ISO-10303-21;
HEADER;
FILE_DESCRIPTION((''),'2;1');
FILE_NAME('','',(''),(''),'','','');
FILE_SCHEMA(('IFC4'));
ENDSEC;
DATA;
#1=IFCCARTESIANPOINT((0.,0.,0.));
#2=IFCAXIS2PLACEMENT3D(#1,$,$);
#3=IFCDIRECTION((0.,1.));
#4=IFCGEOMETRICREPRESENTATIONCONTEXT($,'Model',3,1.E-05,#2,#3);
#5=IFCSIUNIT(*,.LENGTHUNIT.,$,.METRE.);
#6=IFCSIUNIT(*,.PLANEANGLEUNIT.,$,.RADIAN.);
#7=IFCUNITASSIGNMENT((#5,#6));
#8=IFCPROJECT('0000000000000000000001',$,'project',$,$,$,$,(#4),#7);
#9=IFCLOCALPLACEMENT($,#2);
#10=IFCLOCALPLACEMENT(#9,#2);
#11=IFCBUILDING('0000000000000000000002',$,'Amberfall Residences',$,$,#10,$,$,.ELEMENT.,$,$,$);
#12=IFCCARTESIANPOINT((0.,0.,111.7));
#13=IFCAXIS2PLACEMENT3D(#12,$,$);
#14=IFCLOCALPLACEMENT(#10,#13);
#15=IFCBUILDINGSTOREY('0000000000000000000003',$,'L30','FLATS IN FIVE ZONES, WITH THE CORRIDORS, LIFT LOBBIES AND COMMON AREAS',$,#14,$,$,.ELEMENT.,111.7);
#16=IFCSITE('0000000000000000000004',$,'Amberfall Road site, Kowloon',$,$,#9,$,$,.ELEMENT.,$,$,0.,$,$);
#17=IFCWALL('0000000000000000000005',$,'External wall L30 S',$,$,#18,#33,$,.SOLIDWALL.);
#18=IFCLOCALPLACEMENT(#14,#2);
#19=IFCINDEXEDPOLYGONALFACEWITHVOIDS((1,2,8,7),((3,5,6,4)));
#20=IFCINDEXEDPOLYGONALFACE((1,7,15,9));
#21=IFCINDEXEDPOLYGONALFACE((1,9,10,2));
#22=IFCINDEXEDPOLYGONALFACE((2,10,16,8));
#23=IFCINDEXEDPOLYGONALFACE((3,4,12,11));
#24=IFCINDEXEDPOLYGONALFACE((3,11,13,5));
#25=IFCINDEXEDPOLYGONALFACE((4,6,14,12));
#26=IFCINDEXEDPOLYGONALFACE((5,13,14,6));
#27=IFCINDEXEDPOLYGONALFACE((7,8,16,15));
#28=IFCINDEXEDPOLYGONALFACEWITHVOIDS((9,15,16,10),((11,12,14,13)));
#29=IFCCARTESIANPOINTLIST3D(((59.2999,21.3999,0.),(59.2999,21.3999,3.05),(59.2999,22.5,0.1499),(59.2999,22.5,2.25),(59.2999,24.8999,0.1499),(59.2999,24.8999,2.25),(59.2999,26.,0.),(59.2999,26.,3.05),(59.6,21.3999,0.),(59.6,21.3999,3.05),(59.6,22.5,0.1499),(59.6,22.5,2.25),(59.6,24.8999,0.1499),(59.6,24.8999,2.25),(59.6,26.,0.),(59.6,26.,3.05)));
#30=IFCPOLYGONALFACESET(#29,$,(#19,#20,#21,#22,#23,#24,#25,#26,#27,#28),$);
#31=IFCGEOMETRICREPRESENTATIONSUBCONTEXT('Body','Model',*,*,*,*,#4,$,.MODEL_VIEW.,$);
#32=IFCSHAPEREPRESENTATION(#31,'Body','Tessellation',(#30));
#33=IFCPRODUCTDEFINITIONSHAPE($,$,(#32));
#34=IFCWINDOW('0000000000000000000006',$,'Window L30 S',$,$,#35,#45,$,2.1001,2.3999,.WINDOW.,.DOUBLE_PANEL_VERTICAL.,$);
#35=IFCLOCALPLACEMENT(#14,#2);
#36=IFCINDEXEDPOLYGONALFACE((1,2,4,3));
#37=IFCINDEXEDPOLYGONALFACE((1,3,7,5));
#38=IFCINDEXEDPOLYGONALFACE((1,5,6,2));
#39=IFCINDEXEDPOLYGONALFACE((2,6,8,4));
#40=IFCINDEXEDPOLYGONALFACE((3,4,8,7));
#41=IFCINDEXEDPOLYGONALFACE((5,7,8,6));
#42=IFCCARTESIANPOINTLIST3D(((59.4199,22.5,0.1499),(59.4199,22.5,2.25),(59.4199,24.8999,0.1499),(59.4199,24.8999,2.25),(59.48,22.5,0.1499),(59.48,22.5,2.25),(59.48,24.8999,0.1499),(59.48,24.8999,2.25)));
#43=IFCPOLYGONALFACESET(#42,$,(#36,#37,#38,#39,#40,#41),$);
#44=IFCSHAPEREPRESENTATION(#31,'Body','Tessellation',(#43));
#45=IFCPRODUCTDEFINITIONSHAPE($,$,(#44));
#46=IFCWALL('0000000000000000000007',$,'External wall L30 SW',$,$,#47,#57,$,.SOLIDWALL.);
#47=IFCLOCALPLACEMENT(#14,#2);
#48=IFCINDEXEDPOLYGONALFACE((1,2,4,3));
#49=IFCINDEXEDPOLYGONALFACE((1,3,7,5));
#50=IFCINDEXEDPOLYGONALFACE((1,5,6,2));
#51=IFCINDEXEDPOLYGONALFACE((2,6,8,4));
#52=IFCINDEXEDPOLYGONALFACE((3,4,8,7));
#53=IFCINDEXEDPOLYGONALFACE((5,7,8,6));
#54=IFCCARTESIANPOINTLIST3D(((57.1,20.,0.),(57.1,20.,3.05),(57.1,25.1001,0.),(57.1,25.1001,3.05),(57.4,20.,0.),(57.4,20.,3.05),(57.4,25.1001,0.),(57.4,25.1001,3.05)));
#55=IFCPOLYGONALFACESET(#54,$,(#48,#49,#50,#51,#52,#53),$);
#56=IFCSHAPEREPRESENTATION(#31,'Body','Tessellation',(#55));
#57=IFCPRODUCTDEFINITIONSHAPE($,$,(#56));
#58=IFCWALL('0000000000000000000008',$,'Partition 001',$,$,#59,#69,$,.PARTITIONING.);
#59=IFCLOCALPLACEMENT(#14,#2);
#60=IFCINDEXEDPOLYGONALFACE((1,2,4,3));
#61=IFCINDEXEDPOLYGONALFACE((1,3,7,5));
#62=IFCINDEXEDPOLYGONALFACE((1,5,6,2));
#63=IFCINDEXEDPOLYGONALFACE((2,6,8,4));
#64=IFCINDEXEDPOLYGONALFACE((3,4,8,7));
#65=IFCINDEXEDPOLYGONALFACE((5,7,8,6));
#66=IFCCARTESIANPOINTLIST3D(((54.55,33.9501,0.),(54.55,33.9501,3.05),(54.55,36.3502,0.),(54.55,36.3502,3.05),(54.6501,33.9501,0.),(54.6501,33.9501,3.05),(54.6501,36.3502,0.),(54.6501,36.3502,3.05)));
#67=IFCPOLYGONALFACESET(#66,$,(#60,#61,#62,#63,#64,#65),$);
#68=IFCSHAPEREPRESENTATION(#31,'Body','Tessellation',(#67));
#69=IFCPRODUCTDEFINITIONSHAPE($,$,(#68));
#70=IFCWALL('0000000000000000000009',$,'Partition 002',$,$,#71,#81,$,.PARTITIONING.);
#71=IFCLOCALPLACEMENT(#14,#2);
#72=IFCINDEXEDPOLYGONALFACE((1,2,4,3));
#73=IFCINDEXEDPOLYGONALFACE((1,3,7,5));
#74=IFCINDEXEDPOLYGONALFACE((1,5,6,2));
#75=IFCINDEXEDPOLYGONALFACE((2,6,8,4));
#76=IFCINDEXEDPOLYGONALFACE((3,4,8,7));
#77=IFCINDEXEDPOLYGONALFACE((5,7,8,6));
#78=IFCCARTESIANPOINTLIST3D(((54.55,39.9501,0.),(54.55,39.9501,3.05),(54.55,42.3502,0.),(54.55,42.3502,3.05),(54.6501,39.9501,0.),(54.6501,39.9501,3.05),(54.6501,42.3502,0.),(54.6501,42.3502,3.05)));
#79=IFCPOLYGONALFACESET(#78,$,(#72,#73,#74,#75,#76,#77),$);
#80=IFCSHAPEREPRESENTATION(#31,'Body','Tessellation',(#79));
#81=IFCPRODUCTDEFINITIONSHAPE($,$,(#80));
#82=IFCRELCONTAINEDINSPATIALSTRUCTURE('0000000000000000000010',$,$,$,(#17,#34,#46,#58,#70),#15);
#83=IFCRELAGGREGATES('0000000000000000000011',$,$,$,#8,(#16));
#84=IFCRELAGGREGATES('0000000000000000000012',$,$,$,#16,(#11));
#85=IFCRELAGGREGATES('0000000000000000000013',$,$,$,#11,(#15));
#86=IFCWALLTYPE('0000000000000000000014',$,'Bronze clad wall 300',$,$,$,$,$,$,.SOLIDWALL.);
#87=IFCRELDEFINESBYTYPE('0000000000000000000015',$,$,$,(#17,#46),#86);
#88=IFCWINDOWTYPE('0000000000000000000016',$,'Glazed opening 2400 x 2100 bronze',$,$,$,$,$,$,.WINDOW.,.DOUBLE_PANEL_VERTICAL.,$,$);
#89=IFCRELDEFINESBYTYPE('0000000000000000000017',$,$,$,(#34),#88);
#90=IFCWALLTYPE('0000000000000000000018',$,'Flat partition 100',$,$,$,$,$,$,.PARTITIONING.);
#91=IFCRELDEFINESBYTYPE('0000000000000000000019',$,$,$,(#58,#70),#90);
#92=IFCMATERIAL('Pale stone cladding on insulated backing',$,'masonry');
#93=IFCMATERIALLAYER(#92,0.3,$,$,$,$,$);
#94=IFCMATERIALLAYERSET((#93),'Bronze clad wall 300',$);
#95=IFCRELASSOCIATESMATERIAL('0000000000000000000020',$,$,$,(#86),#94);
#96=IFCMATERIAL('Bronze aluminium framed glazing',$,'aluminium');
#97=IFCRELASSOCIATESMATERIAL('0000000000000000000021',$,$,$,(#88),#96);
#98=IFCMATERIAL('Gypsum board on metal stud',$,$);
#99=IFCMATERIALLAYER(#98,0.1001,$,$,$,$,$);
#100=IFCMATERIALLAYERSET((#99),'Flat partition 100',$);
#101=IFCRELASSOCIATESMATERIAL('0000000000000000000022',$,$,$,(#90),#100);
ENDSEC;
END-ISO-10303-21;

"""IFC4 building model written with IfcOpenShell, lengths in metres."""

from ifc_helpers import new_model, si_unit, direction, frame, frame_2d, origin, place, context, subcontext, project, spatial, rectangle, extrude, material, layer, layer_set, type_object, element, fill, save


model = new_model("IFC4")

# Units and contexts
model_context = context("Model", 3, precision=1e-05, world=origin(), true_north=direction((0.0, 1.0)))
body_context = subcontext(model_context, "Body", "Model", "MODEL_VIEW")
ifc_project = project(units=[si_unit("LENGTHUNIT", "METRE"), si_unit("PLANEANGLEUNIT", "RADIAN")], contexts=[model_context])

# Site, building, storey
site_placement = place(None, origin())
site = spatial("IfcSite", under=ifc_project, at=site_placement, Name="Amberfall Road site, Kowloon", CompositionType="ELEMENT", RefElevation=0.0)
building_placement = place(site_placement, origin())
building = spatial("IfcBuilding", under=site, at=building_placement, Name="Amberfall Residences", CompositionType="ELEMENT")
storey_placement = place(building_placement, frame((0.0, 0.0, 111.7)))
storey = spatial("IfcBuildingStorey", under=building, at=storey_placement, Name="L30", Description="FLATS IN FIVE ZONES, WITH THE CORRIDORS, LIFT LOBBIES AND COMMON AREAS", CompositionType="ELEMENT", Elevation=111.7)

# Shared definitions
ifc_material_1 = material(Name="Pale stone cladding on insulated backing", Category="masonry")
ifc_layer_1 = layer(ifc_material_1, 0.3)
ifc_layer_set_1 = layer_set([ifc_layer_1], Name="Bronze clad wall 300")
wall_type_1 = type_object("IfcWallType", Name="Bronze clad wall 300", PredefinedType="SOLIDWALL", material=ifc_layer_set_1)

# Wall, opening, window
wall_1_placement = place(storey_placement, frame((59.45, 21.3999, 0.0), z_axis=(0.0, 0.0, 1.0), x_axis=(0.0, 1.0, 0.0)))
wall_1 = element("IfcWall", 1, at=wall_1_placement, inside=storey, type_object=wall_type_1, Name="External wall L30 S", PredefinedType="SOLIDWALL", context=body_context, shape_type="SweptSolid", body=[
    extrude(rectangle(XDim=4.6001, YDim=0.3, at=frame_2d((2.3, 0.0))), origin(), (0.0, 0.0, 1.0), 3.05),
])
opening_1_placement = place(wall_1_placement, frame((1.1001, 0.0, 0.1499)))
opening_1 = element("IfcOpeningElement", 2, at=opening_1_placement, cuts=wall_1, PredefinedType="OPENING", context=body_context, shape_type="SweptSolid", body=[
    extrude(rectangle(XDim=2.3999, YDim=2.1001, at=frame_2d((1.2, 1.05))), frame((0.0, 0.1599, 0.0), z_axis=(0.0, -1.0, 0.0), x_axis=(1.0, 0.0, 0.0)), (0.0, 0.0, 1.0), 0.3201),
])
ifc_material_2 = material(Name="Bronze aluminium framed glazing", Category="aluminium")
window_type = type_object("IfcWindowType", Name="Glazed opening 2400 x 2100 bronze", PartitioningType="DOUBLE_PANEL_VERTICAL", PredefinedType="WINDOW", material=ifc_material_2)
window_placement = place(opening_1_placement, origin())
window = element("IfcWindow", 3, at=window_placement, inside=storey, type_object=window_type, Name="Window L30 S", OverallHeight=2.1001, OverallWidth=2.3999, PartitioningType="DOUBLE_PANEL_VERTICAL", PredefinedType="WINDOW", context=body_context, shape_type="SweptSolid", body=[
    extrude(rectangle(XDim=2.3999, YDim=2.1001, at=frame_2d((1.2, 1.05))), frame((0.0, 0.03, 0.0), z_axis=(0.0, -1.0, 0.0), x_axis=(1.0, 0.0, 0.0)), (0.0, 0.0, 1.0), 0.0601),
])
fill(opening_1, window)

# Walls
wall_2_placement = place(storey_placement, frame((57.25, 25.1001, 0.0), z_axis=(0.0, 0.0, 1.0), x_axis=(0.0, -1.0, 0.0)))
element("IfcWall", 4, at=wall_2_placement, inside=storey, type_object=wall_type_1, Name="External wall L30 SW", PredefinedType="SOLIDWALL", context=body_context, shape_type="SweptSolid", body=[
    extrude(rectangle(XDim=5.1001, YDim=0.3, at=frame_2d((2.55, 0.0))), origin(), (0.0, 0.0, 1.0), 3.05),
])
ifc_material_3 = material(Name="Gypsum board on metal stud")
ifc_layer_2 = layer(ifc_material_3, 0.1001)
ifc_layer_set_2 = layer_set([ifc_layer_2], Name="Flat partition 100")
wall_type_2 = type_object("IfcWallType", Name="Flat partition 100", PredefinedType="PARTITIONING", material=ifc_layer_set_2)
for number, where, z_axis, x_axis, name in (
    (5, (54.6001, 33.95, 0.0), (0.0, 0.0, 1.0), (0.0, 1.0, 0.0), "Partition 001"),
    (6, (54.6001, 39.95, 0.0), (0.0, 0.0, 1.0), (0.0, 1.0, 0.0), "Partition 002"),
):
    element("IfcWall", number, at=place(storey_placement, frame(where, z_axis=z_axis, x_axis=x_axis)), inside=storey, type_object=wall_type_2, Name=name, PredefinedType="PARTITIONING", context=body_context, shape_type="SweptSolid", body=[
        extrude(rectangle(XDim=2.4001, YDim=0.1001, at=frame_2d((1.2002, 0.0))), origin(), (0.0, 0.0, 1.0), 3.05),
    ])

save(model, "model.ifc")
